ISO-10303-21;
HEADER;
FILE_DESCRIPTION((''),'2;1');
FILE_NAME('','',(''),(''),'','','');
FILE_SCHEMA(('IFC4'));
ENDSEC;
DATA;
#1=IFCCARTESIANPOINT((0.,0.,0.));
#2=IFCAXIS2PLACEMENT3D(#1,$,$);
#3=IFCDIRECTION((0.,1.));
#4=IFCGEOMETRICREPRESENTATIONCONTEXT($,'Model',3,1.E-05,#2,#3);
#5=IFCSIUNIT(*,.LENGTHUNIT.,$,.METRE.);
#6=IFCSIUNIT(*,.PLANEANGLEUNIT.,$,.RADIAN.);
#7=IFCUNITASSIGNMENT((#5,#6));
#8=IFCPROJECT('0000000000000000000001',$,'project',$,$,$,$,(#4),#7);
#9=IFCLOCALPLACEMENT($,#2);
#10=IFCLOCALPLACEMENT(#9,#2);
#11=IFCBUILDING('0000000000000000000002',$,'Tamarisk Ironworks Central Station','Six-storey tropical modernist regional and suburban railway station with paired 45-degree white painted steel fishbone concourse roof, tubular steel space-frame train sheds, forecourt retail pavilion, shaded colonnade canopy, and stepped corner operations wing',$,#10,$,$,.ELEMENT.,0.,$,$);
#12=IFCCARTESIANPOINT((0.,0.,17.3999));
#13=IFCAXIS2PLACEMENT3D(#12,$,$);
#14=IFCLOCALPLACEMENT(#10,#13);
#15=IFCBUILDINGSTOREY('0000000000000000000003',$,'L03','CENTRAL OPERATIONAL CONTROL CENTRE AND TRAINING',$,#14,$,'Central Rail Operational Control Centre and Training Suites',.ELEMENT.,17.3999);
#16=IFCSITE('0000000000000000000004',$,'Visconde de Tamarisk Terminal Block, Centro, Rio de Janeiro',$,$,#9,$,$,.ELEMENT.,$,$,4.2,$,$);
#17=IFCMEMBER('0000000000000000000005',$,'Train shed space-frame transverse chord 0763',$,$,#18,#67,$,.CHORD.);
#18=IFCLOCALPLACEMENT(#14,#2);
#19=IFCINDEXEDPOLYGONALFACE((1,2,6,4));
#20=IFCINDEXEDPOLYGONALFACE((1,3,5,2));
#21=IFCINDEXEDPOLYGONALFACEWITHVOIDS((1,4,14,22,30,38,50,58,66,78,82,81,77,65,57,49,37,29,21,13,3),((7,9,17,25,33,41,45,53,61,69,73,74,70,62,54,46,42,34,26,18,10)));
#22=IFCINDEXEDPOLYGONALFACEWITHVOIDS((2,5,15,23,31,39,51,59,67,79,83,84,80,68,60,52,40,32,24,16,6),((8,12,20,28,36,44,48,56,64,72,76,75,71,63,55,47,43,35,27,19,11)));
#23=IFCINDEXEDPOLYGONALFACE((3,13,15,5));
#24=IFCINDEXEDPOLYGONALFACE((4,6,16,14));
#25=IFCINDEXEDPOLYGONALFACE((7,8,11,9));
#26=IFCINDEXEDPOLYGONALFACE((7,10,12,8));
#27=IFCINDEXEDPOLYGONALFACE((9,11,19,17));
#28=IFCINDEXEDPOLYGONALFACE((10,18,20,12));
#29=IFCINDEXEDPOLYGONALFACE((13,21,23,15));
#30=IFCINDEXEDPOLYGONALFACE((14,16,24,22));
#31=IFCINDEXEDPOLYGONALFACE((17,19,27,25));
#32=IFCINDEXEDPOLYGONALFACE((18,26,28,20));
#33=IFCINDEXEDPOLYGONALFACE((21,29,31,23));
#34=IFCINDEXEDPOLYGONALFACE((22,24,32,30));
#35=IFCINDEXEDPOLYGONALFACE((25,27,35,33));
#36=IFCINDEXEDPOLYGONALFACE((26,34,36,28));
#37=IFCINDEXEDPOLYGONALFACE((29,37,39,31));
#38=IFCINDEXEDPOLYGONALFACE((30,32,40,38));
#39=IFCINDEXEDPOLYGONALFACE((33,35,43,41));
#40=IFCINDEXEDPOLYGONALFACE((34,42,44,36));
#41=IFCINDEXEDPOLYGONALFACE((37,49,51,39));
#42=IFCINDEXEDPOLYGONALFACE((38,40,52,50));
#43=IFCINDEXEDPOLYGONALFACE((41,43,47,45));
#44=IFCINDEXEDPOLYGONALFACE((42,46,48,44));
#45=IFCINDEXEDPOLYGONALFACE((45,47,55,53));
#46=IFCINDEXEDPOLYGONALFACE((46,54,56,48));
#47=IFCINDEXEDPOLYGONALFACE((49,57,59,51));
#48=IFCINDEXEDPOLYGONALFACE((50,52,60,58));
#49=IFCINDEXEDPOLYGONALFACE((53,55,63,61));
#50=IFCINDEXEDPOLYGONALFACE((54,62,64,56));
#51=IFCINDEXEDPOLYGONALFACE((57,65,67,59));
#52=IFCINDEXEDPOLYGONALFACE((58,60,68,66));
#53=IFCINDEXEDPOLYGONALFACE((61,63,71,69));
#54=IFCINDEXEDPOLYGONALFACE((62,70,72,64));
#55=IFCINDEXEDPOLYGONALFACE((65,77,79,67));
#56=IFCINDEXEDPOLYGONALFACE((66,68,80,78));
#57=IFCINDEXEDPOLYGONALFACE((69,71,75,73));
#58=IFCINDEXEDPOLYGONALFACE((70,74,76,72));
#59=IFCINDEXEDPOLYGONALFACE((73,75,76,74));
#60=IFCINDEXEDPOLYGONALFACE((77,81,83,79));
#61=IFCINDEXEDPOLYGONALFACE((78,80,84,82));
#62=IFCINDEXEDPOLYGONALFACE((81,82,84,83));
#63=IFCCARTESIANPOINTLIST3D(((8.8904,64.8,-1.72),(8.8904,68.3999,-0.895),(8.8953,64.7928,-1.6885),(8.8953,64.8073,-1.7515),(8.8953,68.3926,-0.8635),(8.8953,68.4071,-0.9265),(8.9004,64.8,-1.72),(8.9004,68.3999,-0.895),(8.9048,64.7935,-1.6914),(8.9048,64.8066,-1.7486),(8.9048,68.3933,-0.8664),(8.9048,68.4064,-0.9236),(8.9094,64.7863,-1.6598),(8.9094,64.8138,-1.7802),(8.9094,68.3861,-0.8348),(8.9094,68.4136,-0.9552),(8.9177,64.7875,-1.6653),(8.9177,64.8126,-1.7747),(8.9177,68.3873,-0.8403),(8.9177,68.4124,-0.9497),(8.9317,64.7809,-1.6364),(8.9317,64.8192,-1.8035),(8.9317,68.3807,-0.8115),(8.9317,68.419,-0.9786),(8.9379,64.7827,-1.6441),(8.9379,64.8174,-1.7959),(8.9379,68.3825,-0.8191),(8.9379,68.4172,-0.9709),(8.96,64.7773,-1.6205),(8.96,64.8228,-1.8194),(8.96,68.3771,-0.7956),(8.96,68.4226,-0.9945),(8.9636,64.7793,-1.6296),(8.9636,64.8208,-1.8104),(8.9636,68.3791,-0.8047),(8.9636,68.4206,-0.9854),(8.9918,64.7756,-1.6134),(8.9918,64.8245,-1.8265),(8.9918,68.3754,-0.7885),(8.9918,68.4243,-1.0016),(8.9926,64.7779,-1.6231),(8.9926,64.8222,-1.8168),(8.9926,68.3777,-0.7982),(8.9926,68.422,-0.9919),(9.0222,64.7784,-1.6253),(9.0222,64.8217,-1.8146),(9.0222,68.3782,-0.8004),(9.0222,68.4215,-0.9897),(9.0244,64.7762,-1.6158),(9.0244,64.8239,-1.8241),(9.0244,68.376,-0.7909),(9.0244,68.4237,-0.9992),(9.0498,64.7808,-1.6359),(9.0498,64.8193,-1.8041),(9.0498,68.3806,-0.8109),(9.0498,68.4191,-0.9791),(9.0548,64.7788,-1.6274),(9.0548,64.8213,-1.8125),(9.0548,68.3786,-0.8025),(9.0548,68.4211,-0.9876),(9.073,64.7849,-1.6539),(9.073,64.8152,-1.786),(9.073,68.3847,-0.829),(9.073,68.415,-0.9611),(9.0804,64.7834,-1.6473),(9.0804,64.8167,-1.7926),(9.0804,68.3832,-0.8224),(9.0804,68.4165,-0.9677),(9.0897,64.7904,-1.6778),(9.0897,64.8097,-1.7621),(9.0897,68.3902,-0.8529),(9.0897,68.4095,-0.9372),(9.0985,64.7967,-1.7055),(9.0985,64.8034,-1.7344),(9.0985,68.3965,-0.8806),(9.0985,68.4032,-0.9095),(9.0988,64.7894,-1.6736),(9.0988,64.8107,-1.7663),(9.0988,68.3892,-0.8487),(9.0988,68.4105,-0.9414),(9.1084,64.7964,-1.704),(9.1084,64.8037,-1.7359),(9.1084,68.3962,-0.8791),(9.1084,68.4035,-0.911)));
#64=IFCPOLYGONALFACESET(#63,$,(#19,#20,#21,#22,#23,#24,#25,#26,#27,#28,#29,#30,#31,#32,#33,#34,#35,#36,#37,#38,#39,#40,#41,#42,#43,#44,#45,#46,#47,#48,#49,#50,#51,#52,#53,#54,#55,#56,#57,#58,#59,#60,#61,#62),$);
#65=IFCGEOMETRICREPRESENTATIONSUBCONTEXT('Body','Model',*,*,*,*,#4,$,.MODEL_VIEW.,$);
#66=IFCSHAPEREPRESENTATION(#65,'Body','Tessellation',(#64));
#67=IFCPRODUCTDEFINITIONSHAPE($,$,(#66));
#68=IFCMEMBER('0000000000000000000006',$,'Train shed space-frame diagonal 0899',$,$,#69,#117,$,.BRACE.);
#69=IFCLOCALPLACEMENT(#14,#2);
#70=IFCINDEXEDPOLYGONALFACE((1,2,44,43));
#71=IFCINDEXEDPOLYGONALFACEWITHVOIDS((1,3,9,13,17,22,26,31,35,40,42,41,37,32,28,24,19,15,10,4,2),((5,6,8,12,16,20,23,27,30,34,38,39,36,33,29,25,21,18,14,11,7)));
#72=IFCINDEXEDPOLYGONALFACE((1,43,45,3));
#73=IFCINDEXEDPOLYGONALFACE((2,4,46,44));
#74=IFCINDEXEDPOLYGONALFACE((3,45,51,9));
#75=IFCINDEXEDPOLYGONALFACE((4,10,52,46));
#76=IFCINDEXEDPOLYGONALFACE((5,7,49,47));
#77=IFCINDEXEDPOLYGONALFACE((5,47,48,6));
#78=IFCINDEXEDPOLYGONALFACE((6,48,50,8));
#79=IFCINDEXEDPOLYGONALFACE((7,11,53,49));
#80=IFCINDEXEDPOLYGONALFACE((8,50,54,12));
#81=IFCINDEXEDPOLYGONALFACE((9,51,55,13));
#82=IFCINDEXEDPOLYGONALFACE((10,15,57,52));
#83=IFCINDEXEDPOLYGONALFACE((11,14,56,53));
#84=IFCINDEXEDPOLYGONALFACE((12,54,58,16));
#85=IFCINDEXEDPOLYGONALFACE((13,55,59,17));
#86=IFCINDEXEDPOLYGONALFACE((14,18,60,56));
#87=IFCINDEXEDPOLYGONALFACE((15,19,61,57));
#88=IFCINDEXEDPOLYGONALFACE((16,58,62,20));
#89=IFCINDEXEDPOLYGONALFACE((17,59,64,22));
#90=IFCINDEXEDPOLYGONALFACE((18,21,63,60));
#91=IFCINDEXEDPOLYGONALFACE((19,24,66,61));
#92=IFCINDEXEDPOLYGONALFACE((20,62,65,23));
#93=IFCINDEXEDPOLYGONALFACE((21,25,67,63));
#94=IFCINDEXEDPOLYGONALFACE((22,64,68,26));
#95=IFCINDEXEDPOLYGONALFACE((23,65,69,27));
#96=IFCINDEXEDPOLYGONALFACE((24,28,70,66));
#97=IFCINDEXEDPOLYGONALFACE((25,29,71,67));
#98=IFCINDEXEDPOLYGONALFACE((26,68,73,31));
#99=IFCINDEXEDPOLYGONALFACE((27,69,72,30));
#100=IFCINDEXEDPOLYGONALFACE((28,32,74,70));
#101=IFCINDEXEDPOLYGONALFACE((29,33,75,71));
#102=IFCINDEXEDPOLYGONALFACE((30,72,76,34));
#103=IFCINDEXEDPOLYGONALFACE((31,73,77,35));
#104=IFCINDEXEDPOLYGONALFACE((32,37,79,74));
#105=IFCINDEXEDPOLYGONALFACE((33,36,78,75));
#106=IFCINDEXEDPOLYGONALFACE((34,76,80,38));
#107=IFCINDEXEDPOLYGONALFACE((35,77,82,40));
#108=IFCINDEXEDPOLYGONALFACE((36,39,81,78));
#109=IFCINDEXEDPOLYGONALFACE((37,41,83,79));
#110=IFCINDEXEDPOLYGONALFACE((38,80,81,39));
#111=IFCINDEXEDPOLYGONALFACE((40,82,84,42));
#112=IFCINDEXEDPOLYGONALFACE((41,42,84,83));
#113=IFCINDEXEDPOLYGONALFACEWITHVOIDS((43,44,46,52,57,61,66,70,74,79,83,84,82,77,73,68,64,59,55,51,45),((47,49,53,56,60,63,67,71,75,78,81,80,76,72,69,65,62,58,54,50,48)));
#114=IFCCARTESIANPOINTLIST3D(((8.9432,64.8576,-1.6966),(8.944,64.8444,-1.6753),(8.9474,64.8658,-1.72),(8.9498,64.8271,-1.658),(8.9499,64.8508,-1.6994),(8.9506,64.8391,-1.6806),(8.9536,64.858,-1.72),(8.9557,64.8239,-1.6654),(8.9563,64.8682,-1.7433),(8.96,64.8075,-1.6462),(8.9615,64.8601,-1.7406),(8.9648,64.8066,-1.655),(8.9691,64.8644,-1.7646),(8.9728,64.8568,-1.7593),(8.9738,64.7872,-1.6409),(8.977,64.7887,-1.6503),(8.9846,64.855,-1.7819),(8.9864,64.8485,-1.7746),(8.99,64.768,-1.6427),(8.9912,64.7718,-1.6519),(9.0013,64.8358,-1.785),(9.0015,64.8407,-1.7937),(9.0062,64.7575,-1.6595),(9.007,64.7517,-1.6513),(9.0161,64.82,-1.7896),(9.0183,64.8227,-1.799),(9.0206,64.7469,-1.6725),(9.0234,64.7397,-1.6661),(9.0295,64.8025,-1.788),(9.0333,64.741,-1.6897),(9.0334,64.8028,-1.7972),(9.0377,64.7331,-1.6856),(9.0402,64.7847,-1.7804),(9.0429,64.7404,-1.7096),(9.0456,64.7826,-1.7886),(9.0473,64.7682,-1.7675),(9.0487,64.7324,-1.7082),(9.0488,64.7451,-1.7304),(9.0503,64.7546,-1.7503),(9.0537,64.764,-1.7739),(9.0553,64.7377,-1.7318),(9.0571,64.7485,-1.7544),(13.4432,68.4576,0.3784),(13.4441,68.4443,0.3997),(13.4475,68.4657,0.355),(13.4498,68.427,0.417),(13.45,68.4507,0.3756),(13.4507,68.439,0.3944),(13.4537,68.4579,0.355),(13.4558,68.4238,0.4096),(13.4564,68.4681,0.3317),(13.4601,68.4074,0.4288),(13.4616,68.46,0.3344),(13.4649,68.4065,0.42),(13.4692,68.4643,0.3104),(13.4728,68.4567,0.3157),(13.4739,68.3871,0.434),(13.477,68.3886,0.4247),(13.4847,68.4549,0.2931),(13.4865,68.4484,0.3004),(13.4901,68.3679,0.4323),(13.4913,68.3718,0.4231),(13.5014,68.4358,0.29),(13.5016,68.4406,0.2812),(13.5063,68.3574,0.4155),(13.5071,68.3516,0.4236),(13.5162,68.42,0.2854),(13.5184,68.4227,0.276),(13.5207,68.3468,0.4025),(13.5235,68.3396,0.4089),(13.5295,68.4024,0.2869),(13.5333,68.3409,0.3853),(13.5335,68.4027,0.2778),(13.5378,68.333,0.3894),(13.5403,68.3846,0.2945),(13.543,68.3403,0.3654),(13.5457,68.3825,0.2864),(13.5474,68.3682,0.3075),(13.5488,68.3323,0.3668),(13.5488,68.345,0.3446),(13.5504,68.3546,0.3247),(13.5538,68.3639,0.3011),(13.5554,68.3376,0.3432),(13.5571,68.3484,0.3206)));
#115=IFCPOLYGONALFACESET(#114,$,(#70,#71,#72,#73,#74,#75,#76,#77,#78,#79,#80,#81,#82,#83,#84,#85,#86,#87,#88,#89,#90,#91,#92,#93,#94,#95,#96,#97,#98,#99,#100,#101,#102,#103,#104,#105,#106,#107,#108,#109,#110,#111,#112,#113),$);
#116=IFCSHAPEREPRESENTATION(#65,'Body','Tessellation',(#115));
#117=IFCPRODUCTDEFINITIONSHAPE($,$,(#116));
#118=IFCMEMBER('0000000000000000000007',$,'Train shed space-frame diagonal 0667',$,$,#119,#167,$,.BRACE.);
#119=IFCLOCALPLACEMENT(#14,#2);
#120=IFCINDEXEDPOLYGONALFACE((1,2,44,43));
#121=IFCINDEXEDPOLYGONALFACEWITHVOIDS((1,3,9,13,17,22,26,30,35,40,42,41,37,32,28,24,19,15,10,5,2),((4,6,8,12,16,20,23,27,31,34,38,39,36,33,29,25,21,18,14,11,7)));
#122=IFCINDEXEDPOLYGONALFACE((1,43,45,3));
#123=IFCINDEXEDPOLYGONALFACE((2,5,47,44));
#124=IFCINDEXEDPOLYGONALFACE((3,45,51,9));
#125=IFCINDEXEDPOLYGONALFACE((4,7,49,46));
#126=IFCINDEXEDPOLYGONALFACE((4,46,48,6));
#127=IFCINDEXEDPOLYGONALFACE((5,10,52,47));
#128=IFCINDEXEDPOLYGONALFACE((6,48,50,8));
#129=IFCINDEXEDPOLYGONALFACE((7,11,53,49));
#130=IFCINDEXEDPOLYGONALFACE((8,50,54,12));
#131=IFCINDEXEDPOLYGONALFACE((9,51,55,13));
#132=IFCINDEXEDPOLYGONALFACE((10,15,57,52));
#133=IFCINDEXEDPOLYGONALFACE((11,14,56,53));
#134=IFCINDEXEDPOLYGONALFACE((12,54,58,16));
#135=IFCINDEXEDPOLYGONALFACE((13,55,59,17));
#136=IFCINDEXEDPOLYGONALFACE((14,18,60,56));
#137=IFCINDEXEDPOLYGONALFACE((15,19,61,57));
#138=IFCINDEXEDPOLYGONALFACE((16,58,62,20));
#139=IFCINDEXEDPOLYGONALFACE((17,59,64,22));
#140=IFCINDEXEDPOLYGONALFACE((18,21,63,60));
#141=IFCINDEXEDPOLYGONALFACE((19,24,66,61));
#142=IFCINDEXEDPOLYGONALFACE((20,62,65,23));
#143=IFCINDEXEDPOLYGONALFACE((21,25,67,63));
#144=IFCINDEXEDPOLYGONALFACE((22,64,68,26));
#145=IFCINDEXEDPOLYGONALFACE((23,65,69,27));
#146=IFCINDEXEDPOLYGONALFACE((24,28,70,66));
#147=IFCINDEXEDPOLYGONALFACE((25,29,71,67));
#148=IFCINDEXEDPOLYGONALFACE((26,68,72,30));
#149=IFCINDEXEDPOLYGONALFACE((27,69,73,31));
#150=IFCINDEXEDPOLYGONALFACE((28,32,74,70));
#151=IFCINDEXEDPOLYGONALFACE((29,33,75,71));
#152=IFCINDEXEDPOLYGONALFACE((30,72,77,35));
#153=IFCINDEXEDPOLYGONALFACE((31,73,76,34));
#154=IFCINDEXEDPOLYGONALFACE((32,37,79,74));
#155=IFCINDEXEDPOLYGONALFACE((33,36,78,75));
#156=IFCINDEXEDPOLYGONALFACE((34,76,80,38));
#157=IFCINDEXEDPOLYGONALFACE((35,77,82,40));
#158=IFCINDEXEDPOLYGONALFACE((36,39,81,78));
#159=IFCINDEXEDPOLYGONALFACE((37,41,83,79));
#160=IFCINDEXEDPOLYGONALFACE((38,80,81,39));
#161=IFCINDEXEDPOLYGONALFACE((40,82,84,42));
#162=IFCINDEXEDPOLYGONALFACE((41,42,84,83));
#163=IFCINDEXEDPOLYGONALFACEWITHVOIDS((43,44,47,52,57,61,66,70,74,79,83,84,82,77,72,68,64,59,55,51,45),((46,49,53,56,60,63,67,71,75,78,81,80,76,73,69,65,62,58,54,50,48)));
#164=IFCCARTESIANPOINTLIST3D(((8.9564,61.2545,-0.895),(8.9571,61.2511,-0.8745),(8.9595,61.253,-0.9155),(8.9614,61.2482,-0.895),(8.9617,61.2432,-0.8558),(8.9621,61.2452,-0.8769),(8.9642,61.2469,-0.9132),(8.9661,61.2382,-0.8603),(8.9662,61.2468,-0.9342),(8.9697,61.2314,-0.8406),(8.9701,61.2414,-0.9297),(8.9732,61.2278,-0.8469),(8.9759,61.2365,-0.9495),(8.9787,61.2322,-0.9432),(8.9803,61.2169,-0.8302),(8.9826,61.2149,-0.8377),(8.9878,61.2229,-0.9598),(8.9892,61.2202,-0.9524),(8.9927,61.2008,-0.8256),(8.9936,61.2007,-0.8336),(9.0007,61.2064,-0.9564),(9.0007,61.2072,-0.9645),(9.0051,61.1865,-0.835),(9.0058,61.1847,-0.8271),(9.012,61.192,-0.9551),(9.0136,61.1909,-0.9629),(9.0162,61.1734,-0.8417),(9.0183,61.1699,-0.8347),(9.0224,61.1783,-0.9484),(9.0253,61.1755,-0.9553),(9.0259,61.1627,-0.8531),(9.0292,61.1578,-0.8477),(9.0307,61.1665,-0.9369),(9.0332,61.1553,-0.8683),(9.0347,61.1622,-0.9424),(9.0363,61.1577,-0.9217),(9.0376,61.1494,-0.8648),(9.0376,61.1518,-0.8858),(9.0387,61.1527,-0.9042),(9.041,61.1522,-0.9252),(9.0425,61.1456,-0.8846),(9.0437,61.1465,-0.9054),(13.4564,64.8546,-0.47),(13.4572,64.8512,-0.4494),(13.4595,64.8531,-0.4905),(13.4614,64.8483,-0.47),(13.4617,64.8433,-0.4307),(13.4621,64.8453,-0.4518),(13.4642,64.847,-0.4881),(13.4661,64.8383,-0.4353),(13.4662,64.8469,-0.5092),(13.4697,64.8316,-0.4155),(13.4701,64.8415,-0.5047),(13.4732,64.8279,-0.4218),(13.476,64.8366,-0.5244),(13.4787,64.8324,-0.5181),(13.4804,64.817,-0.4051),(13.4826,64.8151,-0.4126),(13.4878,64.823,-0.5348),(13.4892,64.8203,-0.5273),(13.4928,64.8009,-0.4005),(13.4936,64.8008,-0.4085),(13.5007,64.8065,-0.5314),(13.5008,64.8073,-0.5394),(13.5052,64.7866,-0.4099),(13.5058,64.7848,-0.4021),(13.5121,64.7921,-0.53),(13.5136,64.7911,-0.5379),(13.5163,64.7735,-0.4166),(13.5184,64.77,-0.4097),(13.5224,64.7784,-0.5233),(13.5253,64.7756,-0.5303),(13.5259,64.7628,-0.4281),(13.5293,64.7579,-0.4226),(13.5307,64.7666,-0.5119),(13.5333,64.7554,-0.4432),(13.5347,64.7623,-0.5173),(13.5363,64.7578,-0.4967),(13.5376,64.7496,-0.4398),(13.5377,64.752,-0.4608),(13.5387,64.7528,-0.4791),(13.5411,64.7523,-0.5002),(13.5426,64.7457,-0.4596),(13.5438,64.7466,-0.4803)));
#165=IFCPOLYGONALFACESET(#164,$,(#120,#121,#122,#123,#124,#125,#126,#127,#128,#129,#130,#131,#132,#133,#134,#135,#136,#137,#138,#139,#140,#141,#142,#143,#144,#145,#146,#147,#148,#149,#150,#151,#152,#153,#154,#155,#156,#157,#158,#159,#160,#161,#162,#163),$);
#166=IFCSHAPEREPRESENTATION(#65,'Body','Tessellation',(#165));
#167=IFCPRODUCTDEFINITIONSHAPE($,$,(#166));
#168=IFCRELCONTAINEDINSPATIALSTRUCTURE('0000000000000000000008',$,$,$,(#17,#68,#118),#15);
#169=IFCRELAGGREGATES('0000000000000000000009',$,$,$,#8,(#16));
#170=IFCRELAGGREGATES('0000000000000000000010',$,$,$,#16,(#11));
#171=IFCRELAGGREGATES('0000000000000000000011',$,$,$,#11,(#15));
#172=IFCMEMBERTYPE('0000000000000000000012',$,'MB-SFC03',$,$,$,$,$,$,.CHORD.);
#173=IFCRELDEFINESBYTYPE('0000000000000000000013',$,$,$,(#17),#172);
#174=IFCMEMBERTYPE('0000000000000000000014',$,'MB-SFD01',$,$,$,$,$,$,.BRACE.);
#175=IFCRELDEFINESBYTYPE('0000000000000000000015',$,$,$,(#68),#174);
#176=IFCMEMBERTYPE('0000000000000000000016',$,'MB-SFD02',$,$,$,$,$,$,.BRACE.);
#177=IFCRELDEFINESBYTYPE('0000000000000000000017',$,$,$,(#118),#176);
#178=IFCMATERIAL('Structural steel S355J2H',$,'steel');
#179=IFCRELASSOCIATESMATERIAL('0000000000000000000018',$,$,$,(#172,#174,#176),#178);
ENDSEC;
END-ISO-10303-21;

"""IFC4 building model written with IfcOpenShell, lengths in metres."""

from ifc_helpers import new_model, si_unit, direction, frame, origin, origin_2d, place, context, subcontext, project, spatial, hollow_circle, extrude, material, material_profile, profile_set, type_object, element, save


model = new_model("IFC4")

# Units and contexts
model_context = context("Model", 3, precision=1e-05, world=origin(), true_north=direction((0.0, 1.0)))
body_context = subcontext(model_context, "Body", "Model", "MODEL_VIEW")
ifc_project = project(units=[si_unit("LENGTHUNIT", "METRE"), si_unit("PLANEANGLEUNIT", "RADIAN")], contexts=[model_context])

# Site, building, storey
site_placement = place(None, origin())
site = spatial("IfcSite", under=ifc_project, at=site_placement, Name="Visconde de Tamarisk Terminal Block, Centro, Rio de Janeiro", CompositionType="ELEMENT", RefElevation=4.2)
building_placement = place(site_placement, origin())
building = spatial("IfcBuilding", under=site, at=building_placement, Name="Tamarisk Ironworks Central Station", Description="Six-storey tropical modernist regional and suburban railway station with paired 45-degree white painted steel fishbone concourse roof, tubular steel space-frame train sheds, forecourt retail pavilion, shaded colonnade canopy, and stepped corner operations wing", CompositionType="ELEMENT", ElevationOfRefHeight=0.0)
storey_placement = place(building_placement, frame((0.0, 0.0, 17.3999)))
storey = spatial("IfcBuildingStorey", under=building, at=storey_placement, Name="L03", Description="CENTRAL OPERATIONAL CONTROL CENTRE AND TRAINING", LongName="Central Rail Operational Control Centre and Training Suites", CompositionType="ELEMENT", Elevation=17.3999)

# Members
ifc_material_1 = material(Name="Structural steel S355J2H", Category="steel")
ifc_material_profile_1 = material_profile(ifc_material_1, hollow_circle(Radius=0.1096, WallThickness=0.01, at=origin_2d()), Name="CHS 219.1x10")
ifc_profile_set_1 = profile_set([ifc_material_profile_1], Name="Structural steel S355J2H")
member_type_1 = type_object("IfcMemberType", Name="MB-SFC03", PredefinedType="CHORD", material=ifc_profile_set_1)
member_1_placement = place(storey_placement, frame((9.0, 64.8, -1.72), z_axis=(0.0, 0.974733, 0.223372), x_axis=(-1.0, 0.0, 0.0)))
element("IfcMember", 1, at=member_1_placement, inside=storey, type_object=member_type_1, Name="Train shed space-frame transverse chord 0763", PredefinedType="CHORD", context=body_context, shape_type="SweptSolid", body=[
    extrude(hollow_circle(Radius=0.1096, WallThickness=0.01, at=origin_2d()), origin(), (0.0, 0.0, 1.0), 3.6931),
])
ifc_material_profile_2 = material_profile(ifc_material_1, hollow_circle(Radius=0.0842, WallThickness=0.01, at=origin_2d()), Name="CHS 168.3x10")
ifc_profile_set_2 = profile_set([ifc_material_profile_2], Name="Structural steel S355J2H")
member_type_2 = type_object("IfcMemberType", Name="MB-SFD01", PredefinedType="BRACE", material=ifc_profile_set_2)
member_2_placement = place(storey_placement, frame((9.0, 64.8, -1.72), z_axis=(0.734706, 0.587741, 0.338773), x_axis=(-0.62468, 0.780881, 0.0)))
element("IfcMember", 2, at=member_2_placement, inside=storey, type_object=member_type_2, Name="Train shed space-frame diagonal 0899", PredefinedType="BRACE", context=body_context, shape_type="SweptSolid", body=[
    extrude(hollow_circle(Radius=0.0842, WallThickness=0.01, at=origin_2d()), origin(), (0.0, 0.0, 1.0), 6.125),
])
ifc_material_profile_3 = material_profile(ifc_material_1, hollow_circle(Radius=0.0698, WallThickness=0.0081, at=origin_2d()), Name="CHS 139.7x8")
ifc_profile_set_3 = profile_set([ifc_material_profile_3], Name="Structural steel S355J2H")
member_type_3 = type_object("IfcMemberType", Name="MB-SFD02", PredefinedType="BRACE", material=ifc_profile_set_3)
member_3_placement = place(storey_placement, frame((9.0, 61.2, -0.895), z_axis=(0.778745, 0.623013, 0.073557), x_axis=(-0.624705, 0.780861, 0.0)))
element("IfcMember", 3, at=member_3_placement, inside=storey, type_object=member_type_3, Name="Train shed space-frame diagonal 0667", PredefinedType="BRACE", context=body_context, shape_type="SweptSolid", body=[
    extrude(hollow_circle(Radius=0.0698, WallThickness=0.0081, at=origin_2d()), origin(), (0.0, 0.0, 1.0), 5.7786),
])

save(model, "model.ifc")
